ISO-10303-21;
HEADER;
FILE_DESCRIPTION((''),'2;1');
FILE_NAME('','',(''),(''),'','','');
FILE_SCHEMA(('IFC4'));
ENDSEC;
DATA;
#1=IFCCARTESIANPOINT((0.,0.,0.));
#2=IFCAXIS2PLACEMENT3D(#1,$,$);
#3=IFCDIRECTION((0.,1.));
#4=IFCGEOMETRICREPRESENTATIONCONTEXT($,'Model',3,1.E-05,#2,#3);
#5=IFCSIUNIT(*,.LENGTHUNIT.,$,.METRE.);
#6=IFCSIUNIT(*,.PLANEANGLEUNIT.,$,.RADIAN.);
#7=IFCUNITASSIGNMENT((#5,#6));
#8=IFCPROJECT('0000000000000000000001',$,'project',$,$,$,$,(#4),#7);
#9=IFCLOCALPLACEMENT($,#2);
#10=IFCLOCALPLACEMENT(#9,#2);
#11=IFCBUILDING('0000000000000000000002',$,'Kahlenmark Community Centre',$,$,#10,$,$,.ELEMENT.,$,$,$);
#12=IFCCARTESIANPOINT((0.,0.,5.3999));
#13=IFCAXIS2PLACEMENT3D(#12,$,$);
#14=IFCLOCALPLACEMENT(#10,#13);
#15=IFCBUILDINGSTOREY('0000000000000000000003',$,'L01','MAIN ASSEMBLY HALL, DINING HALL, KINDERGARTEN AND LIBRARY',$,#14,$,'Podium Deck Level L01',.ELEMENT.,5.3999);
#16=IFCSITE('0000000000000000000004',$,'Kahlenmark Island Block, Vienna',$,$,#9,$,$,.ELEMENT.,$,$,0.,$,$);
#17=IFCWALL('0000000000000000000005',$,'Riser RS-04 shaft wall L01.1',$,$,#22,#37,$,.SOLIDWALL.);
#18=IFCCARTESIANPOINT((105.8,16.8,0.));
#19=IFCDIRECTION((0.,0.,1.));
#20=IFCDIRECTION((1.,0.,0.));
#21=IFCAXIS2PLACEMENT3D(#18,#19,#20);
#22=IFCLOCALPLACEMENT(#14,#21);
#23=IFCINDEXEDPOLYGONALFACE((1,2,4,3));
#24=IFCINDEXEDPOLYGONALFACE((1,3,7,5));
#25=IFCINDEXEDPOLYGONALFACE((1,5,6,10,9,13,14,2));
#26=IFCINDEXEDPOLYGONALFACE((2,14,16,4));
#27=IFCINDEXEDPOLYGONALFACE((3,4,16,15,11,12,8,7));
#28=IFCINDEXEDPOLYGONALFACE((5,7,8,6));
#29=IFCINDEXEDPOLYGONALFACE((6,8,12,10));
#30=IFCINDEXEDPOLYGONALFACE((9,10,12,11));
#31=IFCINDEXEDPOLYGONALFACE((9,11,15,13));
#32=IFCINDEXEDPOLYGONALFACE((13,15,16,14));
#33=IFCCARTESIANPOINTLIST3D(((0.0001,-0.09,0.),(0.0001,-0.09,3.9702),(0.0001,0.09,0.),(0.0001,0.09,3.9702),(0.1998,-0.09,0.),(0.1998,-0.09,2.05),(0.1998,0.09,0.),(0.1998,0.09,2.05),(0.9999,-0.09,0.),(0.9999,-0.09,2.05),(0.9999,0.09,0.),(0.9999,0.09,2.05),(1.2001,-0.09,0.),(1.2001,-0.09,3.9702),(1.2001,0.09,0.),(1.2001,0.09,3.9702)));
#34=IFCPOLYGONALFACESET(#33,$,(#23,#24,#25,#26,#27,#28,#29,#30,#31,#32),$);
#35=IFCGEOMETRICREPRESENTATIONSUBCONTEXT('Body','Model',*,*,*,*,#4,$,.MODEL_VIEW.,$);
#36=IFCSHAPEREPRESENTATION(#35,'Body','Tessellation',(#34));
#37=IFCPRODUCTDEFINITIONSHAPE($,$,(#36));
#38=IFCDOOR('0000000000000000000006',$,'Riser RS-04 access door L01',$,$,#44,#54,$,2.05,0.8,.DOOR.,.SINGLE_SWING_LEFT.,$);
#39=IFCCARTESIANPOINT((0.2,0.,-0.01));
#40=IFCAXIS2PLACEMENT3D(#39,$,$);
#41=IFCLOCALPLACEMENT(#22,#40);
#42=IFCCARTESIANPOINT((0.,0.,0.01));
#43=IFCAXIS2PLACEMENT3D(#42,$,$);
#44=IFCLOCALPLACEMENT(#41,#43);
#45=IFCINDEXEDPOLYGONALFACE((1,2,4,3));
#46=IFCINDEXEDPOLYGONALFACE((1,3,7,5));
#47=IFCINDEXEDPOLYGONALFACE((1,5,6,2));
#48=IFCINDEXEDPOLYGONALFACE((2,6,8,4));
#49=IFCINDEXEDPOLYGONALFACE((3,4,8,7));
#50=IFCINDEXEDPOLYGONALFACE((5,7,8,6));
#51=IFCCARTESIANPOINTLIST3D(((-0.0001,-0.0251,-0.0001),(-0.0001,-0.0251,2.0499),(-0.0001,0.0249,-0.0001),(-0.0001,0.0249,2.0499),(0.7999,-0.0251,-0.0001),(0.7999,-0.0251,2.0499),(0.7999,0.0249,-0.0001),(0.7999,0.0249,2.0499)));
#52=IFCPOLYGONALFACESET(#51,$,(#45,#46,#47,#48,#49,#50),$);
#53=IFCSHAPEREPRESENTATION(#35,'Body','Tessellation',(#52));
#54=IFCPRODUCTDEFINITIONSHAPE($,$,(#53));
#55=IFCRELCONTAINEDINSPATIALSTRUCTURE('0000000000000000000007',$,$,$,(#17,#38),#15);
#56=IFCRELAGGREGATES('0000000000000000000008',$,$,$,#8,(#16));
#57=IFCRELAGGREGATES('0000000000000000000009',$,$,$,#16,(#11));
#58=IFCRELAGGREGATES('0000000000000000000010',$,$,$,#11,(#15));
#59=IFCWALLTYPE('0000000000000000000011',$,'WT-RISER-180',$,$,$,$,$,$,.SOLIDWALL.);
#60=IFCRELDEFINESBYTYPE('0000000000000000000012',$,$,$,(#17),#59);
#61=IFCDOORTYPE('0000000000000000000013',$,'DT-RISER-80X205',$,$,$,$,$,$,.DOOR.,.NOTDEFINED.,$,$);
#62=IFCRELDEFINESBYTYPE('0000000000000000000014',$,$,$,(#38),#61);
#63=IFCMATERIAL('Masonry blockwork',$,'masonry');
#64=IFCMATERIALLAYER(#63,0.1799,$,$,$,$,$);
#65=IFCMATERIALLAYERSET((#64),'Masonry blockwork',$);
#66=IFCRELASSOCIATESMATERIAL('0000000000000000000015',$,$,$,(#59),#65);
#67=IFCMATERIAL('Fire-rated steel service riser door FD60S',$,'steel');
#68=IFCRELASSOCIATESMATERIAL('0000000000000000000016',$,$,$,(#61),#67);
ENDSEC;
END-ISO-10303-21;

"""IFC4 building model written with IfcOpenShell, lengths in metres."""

from ifc_helpers import new_model, si_unit, direction, frame, frame_2d, origin, place, context, subcontext, project, spatial, rectangle, extrude, material, layer, layer_set, type_object, element, fill, save


model = new_model("IFC4")

# Units and contexts
model_context = context("Model", 3, precision=1e-05, world=origin(), true_north=direction((0.0, 1.0)))
body_context = subcontext(model_context, "Body", "Model", "MODEL_VIEW")
ifc_project = project(units=[si_unit("LENGTHUNIT", "METRE"), si_unit("PLANEANGLEUNIT", "RADIAN")], contexts=[model_context])

# Site, building, storey
site_placement = place(None, origin())
site = spatial("IfcSite", under=ifc_project, at=site_placement, Name="Kahlenmark Island Block, Vienna", CompositionType="ELEMENT", RefElevation=0.0)
building_placement = place(site_placement, origin())
building = spatial("IfcBuilding", under=site, at=building_placement, Name="Kahlenmark Community Centre", CompositionType="ELEMENT")
storey_placement = place(building_placement, frame((0.0, 0.0, 5.3999)))
storey = spatial("IfcBuildingStorey", under=building, at=storey_placement, Name="L01", Description="MAIN ASSEMBLY HALL, DINING HALL, KINDERGARTEN AND LIBRARY", LongName="Podium Deck Level L01", CompositionType="ELEMENT", Elevation=5.3999)

# Wall, opening, door
ifc_material_1 = material(Name="Masonry blockwork", Category="masonry")
ifc_layer_1 = layer(ifc_material_1, 0.1799)
ifc_layer_set_1 = layer_set([ifc_layer_1], Name="Masonry blockwork")
wall_type_1 = type_object("IfcWallType", Name="WT-RISER-180", PredefinedType="SOLIDWALL", material=ifc_layer_set_1)
wall_1_placement = place(storey_placement, frame((105.8, 16.8, 0.0), z_axis=(0.0, 0.0, 1.0), x_axis=(1.0, 0.0, 0.0)))
wall_1 = element("IfcWall", 1, at=wall_1_placement, inside=storey, type_object=wall_type_1, Name="Riser RS-04 shaft wall L01.1", PredefinedType="SOLIDWALL", context=body_context, shape_type="SweptSolid", body=[
    extrude(rectangle(XDim=1.2, YDim=0.1799, at=frame_2d((0.6001, 0.0))), origin(), (0.0, 0.0, 1.0), 3.9702),
])
opening_placement = place(wall_1_placement, frame((0.2, 0.0, -0.01)))
opening = element("IfcOpeningElement", 2, at=opening_placement, cuts=wall_1, PredefinedType="OPENING", context=body_context, shape_type="SweptSolid", body=[
    extrude(rectangle(XDim=0.8, YDim=2.0601, at=frame_2d((0.3999, 1.03))), frame((0.0, 0.0999, 0.0), z_axis=(0.0, -1.0, 0.0), x_axis=(1.0, 0.0, 0.0)), (0.0, 0.0, 1.0), 0.2),
])
ifc_material_2 = material(Name="Fire-rated steel service riser door FD60S", Category="steel")
door_type = type_object("IfcDoorType", Name="DT-RISER-80X205", OperationType="NOTDEFINED", PredefinedType="DOOR", material=ifc_material_2)
door_placement = place(opening_placement, frame((0.0, 0.0, 0.01)))
door = element("IfcDoor", 3, at=door_placement, inside=storey, type_object=door_type, Name="Riser RS-04 access door L01", OperationType="SINGLE_SWING_LEFT", OverallHeight=2.05, OverallWidth=0.8, PredefinedType="DOOR", context=body_context, shape_type="SweptSolid", body=[
    extrude(rectangle(XDim=0.8, YDim=2.05, at=frame_2d((0.3999, 1.0249))), frame((0.0, 0.0249, 0.0), z_axis=(0.0, -1.0, 0.0), x_axis=(1.0, 0.0, 0.0)), (0.0, 0.0, 1.0), 0.05),
])
fill(opening, door)

save(model, "model.ifc")
